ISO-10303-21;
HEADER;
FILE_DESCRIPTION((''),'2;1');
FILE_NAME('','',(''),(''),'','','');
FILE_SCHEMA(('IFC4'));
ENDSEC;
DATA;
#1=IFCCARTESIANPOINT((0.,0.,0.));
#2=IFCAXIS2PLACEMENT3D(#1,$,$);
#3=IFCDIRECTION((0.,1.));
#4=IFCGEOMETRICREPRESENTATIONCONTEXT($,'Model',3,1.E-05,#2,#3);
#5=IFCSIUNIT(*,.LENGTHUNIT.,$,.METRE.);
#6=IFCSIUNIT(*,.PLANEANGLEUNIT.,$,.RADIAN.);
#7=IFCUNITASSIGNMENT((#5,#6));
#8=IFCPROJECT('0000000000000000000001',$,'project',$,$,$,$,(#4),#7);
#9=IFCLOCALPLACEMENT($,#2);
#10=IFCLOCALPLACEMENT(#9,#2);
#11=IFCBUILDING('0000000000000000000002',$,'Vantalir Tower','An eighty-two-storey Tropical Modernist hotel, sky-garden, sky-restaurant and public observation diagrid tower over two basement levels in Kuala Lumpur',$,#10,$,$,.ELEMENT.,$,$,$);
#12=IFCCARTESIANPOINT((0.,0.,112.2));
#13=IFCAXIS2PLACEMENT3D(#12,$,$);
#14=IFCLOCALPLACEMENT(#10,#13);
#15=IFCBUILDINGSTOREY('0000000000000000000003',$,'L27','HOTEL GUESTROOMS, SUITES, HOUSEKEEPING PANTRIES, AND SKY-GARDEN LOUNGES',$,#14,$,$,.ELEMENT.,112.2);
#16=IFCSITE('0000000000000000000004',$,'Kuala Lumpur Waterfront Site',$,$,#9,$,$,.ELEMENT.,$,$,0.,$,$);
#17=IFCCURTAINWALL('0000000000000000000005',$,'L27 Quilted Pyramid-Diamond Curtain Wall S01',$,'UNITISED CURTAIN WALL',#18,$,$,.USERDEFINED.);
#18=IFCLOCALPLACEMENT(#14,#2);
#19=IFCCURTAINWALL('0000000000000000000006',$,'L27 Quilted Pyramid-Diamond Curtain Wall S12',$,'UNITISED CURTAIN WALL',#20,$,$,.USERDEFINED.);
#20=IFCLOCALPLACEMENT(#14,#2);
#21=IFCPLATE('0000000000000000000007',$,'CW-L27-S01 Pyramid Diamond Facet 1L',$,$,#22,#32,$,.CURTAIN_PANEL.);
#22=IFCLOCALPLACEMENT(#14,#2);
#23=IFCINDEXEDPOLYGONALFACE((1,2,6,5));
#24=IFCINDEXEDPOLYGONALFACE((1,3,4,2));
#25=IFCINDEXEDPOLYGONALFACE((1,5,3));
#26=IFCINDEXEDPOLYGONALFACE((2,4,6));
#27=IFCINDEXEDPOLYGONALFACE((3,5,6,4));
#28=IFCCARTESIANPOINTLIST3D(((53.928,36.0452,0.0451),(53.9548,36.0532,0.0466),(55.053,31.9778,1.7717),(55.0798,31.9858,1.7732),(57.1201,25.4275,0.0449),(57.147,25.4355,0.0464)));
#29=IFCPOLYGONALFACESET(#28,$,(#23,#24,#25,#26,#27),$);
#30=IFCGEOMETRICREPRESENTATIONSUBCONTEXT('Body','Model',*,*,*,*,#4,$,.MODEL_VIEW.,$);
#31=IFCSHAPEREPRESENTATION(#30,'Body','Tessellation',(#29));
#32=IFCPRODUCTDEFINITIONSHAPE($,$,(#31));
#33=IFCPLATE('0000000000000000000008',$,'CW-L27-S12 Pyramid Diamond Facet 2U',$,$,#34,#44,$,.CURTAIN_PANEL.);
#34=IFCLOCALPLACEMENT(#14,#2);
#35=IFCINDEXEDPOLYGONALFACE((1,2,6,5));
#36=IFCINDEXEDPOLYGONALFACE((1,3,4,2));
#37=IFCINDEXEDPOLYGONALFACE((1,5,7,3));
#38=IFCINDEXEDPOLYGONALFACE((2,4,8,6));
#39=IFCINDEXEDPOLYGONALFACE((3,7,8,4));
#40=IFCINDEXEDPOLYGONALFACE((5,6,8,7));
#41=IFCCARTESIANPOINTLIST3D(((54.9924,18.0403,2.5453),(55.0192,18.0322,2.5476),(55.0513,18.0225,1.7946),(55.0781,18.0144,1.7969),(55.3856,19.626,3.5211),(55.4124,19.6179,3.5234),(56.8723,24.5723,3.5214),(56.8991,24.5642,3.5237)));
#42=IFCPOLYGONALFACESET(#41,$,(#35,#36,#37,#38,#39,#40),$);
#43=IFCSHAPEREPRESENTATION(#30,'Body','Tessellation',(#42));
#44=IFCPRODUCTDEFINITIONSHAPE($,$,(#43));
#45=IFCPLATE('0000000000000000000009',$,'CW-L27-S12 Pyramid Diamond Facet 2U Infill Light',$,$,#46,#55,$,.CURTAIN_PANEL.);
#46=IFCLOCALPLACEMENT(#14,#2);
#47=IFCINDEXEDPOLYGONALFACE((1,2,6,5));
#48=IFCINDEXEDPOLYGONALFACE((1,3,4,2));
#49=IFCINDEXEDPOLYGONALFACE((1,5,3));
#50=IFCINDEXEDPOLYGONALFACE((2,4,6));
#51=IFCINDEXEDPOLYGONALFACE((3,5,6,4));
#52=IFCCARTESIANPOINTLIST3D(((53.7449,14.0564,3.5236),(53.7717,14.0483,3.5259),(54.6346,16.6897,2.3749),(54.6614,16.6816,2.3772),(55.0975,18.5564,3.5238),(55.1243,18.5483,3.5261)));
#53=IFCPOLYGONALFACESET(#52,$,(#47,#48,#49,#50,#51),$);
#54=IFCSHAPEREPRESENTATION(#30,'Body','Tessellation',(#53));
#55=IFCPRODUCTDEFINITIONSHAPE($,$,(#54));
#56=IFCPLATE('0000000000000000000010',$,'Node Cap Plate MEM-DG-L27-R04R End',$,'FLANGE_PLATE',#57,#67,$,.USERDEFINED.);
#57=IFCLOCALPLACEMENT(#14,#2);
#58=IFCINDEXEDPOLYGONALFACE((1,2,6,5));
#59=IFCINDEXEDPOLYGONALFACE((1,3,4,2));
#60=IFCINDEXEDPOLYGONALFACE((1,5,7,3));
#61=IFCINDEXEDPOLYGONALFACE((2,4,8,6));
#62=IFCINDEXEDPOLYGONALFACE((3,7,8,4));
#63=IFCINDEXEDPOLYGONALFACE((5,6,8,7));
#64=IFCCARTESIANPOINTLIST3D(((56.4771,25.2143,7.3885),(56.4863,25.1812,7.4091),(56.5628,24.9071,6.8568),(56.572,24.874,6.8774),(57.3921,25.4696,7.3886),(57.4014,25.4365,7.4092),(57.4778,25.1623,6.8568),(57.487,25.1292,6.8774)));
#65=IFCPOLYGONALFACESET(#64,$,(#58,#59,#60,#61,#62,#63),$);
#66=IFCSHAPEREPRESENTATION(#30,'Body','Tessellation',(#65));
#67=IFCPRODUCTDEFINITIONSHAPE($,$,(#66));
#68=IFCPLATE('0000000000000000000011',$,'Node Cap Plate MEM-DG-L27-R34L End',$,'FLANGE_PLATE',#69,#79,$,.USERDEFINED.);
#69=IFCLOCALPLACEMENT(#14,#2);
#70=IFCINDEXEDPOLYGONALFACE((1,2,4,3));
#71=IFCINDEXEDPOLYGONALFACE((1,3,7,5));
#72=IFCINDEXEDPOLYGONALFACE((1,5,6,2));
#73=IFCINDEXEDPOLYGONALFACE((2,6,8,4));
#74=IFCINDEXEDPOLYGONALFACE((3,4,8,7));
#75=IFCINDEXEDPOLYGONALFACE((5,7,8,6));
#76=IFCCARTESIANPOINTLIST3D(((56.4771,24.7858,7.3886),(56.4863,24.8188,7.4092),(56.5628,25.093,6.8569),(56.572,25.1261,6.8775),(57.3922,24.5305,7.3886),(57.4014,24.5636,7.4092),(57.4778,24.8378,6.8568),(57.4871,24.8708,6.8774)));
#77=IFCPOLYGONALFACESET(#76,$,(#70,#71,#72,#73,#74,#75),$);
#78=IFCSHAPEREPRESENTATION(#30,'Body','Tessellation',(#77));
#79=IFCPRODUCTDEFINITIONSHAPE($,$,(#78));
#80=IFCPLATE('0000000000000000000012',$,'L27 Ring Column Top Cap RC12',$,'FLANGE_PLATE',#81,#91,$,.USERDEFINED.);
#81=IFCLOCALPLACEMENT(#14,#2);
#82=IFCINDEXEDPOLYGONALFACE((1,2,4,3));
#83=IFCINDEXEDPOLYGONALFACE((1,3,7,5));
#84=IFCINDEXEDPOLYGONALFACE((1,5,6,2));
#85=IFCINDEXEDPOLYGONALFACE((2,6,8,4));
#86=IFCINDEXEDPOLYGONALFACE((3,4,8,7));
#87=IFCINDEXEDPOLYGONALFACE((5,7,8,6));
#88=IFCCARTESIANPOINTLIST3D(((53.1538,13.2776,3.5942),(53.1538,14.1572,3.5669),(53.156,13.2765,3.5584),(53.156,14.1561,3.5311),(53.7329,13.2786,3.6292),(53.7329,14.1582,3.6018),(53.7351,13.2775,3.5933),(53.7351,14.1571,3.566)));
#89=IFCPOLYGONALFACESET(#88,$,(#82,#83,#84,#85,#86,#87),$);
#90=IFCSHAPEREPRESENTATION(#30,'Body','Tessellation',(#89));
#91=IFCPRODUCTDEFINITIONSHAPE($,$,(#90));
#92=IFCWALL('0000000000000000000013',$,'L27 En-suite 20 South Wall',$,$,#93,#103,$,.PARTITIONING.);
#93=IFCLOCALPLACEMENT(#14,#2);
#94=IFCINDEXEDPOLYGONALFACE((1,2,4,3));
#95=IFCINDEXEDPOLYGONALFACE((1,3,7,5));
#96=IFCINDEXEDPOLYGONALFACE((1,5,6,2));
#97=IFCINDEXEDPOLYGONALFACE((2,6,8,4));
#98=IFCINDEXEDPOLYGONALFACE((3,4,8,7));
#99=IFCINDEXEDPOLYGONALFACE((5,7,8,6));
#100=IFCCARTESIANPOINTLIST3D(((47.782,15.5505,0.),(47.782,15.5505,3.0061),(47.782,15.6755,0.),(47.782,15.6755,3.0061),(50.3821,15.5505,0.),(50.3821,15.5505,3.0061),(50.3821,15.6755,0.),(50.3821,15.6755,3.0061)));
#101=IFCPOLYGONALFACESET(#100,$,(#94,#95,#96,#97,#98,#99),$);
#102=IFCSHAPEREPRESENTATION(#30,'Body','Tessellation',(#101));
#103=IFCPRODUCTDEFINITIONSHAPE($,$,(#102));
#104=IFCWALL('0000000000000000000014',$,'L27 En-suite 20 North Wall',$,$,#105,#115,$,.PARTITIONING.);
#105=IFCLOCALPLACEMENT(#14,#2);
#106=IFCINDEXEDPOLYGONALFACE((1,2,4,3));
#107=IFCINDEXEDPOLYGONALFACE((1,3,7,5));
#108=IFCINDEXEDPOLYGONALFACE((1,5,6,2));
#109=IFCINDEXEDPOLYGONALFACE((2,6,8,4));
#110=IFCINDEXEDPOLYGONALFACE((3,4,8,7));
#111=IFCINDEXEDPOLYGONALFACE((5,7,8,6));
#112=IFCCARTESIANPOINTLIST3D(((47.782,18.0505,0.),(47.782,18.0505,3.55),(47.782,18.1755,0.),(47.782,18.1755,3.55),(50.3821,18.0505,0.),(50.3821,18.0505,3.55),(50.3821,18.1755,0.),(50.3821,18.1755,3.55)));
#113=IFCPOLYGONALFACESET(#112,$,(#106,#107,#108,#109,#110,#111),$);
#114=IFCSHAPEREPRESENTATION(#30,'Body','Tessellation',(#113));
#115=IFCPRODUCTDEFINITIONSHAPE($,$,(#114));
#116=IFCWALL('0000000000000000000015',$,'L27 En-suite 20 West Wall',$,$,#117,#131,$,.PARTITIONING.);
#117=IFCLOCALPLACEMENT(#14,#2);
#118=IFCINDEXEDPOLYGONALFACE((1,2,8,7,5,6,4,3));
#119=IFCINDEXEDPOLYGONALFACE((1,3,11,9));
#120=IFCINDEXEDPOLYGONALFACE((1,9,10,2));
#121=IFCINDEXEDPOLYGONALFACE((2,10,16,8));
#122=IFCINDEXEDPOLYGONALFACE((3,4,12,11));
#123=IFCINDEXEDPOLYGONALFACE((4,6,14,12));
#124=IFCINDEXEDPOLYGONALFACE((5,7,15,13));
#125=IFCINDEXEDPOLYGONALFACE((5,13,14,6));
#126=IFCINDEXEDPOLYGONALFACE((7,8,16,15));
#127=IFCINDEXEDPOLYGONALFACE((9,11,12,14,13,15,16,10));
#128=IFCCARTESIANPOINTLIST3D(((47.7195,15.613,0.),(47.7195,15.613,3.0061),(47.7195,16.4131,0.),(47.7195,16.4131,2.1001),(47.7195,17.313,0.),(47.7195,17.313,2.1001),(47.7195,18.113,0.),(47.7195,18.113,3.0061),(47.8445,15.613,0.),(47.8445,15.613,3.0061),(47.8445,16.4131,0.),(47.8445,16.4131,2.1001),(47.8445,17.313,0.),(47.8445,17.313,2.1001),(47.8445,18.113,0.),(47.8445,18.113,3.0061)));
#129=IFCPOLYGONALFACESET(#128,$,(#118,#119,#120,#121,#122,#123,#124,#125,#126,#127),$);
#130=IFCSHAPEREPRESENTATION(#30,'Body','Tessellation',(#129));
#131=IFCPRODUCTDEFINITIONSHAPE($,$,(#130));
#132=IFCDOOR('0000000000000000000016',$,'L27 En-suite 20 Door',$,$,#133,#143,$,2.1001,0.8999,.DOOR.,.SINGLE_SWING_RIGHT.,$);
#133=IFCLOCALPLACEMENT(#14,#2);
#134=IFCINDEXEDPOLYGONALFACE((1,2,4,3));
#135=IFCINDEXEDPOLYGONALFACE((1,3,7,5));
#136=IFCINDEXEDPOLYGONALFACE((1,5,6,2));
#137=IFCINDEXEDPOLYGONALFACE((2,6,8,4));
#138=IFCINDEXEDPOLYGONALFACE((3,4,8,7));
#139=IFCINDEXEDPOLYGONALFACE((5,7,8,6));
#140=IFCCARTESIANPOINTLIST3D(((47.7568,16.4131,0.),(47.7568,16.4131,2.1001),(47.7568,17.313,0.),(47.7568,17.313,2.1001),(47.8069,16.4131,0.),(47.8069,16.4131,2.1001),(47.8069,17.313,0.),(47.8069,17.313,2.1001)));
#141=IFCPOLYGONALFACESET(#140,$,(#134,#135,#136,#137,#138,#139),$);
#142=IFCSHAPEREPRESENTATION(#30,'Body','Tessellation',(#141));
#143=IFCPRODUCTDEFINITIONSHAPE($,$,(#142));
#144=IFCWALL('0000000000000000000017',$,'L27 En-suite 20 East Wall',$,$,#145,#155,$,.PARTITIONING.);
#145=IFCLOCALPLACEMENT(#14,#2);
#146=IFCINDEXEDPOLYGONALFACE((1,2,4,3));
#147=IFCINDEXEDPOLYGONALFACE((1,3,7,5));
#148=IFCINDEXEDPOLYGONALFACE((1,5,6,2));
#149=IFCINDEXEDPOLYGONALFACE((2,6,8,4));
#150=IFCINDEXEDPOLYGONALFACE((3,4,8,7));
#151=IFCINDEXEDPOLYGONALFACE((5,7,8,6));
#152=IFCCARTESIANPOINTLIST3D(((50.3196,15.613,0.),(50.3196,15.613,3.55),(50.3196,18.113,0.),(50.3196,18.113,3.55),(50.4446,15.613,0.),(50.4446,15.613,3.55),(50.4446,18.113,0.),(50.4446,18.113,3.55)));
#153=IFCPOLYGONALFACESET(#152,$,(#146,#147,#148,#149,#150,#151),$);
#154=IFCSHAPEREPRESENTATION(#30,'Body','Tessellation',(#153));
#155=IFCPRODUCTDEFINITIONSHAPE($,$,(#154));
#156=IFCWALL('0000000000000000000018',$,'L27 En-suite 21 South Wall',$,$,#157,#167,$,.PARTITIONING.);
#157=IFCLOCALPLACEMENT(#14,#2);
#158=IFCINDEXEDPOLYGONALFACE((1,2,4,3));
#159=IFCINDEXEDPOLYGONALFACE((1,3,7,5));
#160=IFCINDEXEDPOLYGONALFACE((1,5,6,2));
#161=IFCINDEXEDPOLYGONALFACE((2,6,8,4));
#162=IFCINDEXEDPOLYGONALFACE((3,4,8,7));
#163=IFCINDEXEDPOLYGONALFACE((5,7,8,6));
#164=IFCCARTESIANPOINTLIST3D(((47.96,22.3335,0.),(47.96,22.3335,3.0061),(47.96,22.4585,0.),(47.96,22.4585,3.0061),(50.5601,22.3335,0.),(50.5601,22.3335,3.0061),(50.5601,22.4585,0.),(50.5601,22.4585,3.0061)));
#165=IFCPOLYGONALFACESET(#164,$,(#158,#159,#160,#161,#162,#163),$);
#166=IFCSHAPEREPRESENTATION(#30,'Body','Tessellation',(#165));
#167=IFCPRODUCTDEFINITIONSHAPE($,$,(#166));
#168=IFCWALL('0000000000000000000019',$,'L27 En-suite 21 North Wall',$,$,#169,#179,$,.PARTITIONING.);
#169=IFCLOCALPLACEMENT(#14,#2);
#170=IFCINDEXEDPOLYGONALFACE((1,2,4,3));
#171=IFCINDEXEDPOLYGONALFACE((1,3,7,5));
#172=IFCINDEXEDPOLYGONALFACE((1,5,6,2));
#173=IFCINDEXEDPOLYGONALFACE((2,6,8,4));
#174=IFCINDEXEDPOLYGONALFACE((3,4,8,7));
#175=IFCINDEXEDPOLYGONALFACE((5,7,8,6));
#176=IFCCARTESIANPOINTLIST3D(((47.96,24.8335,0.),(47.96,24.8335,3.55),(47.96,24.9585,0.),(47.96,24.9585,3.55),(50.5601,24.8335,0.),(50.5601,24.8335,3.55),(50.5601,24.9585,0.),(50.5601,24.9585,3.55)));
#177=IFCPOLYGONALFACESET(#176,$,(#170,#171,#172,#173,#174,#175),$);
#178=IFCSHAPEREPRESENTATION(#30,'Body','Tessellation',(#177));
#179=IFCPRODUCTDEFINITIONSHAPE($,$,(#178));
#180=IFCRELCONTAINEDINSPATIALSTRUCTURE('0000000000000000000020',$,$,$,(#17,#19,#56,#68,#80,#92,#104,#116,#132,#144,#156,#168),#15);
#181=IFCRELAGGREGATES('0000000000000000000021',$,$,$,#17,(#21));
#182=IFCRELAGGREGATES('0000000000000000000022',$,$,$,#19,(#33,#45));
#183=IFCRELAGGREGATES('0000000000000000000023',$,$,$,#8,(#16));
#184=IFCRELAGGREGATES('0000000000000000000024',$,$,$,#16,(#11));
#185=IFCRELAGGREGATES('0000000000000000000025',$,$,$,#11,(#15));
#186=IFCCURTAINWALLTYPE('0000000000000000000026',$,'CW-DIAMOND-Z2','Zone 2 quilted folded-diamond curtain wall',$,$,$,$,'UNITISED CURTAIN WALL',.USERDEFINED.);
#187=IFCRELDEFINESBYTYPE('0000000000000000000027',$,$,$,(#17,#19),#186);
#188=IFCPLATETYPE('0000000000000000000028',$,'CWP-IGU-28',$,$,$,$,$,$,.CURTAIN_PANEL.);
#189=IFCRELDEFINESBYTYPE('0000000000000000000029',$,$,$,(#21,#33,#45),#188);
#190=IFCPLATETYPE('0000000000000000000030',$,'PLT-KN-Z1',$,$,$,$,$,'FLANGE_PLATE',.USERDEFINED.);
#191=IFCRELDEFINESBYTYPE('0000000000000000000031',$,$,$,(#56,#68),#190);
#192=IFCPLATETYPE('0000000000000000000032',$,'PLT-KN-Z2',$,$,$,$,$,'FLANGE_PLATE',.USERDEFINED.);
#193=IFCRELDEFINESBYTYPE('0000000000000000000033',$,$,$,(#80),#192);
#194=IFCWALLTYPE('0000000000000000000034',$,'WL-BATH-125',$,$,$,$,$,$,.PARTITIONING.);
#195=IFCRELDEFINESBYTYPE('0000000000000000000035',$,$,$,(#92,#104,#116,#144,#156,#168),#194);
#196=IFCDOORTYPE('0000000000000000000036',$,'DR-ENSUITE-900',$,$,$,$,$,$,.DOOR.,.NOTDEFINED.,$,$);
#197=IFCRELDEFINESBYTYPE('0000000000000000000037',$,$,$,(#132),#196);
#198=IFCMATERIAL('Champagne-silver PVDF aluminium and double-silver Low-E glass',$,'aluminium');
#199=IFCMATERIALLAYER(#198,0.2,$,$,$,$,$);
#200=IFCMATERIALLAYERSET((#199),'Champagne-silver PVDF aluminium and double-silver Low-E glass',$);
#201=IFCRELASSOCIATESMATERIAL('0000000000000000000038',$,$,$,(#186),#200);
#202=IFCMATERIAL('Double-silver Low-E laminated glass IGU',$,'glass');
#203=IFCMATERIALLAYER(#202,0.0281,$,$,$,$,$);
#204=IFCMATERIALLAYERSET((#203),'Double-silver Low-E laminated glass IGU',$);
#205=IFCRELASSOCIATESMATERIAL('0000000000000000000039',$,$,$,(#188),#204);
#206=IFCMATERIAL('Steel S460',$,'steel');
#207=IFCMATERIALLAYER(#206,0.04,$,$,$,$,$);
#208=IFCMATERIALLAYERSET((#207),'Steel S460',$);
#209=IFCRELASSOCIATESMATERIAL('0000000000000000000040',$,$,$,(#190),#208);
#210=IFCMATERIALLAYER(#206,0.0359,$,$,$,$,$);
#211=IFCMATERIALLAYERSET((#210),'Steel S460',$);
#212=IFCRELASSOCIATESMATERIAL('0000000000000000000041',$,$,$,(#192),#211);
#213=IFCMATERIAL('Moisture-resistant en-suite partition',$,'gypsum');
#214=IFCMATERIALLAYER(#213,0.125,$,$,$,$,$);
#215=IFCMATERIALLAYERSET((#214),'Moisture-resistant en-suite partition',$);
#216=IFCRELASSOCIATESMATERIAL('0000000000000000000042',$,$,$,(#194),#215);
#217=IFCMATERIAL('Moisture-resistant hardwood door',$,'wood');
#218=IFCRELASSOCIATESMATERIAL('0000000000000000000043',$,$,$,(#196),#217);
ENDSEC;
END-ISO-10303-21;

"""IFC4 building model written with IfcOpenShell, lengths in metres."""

from ifc_helpers import new_model, si_unit, direction, frame, frame_2d, origin, place, context, subcontext, project, spatial, polyline, rectangle, outline, extrude, material, layer, layer_set, type_object, element, fill, aggregate, save


model = new_model("IFC4")

# Units and contexts
model_context = context("Model", 3, precision=1e-05, world=origin(), true_north=direction((0.0, 1.0)))
body_context = subcontext(model_context, "Body", "Model", "MODEL_VIEW")
ifc_project = project(units=[si_unit("LENGTHUNIT", "METRE"), si_unit("PLANEANGLEUNIT", "RADIAN")], contexts=[model_context])

# Site, building, storey
site_placement = place(None, origin())
site = spatial("IfcSite", under=ifc_project, at=site_placement, Name="Kuala Lumpur Waterfront Site", CompositionType="ELEMENT", RefElevation=0.0)
building_placement = place(site_placement, origin())
building = spatial("IfcBuilding", under=site, at=building_placement, Name="Vantalir Tower", Description="An eighty-two-storey Tropical Modernist hotel, sky-garden, sky-restaurant and public observation diagrid tower over two basement levels in Kuala Lumpur", CompositionType="ELEMENT")
storey_placement = place(building_placement, frame((0.0, 0.0, 112.2)))
storey = spatial("IfcBuildingStorey", under=building, at=storey_placement, Name="L27", Description="HOTEL GUESTROOMS, SUITES, HOUSEKEEPING PANTRIES, AND SKY-GARDEN LOUNGES", CompositionType="ELEMENT", Elevation=112.2)

# Shared definitions
ifc_material_1 = material(Name="Steel S460", Category="steel")

# Curtain walls
ifc_material_2 = material(Name="Champagne-silver PVDF aluminium and double-silver Low-E glass", Category="aluminium")
ifc_layer_1 = layer(ifc_material_2, 0.2)
ifc_layer_set_1 = layer_set([ifc_layer_1], Name="Champagne-silver PVDF aluminium and double-silver Low-E glass")
curtain_wall_type = type_object("IfcCurtainWallType", Name="CW-DIAMOND-Z2", Description="Zone 2 quilted folded-diamond curtain wall", ElementType="UNITISED CURTAIN WALL", PredefinedType="USERDEFINED", material=ifc_layer_set_1)
curtain_wall_1_placement = place(storey_placement, origin())
curtain_wall_1 = element("IfcCurtainWall", 1, at=curtain_wall_1_placement, inside=storey, type_object=curtain_wall_type, Name="L27 Quilted Pyramid-Diamond Curtain Wall S01", ObjectType="UNITISED CURTAIN WALL", PredefinedType="USERDEFINED")
curtain_wall_2_placement = place(storey_placement, origin())
curtain_wall_2 = element("IfcCurtainWall", 2, at=curtain_wall_2_placement, inside=storey, type_object=curtain_wall_type, Name="L27 Quilted Pyramid-Diamond Curtain Wall S12", ObjectType="UNITISED CURTAIN WALL", PredefinedType="USERDEFINED")

# Plates
ifc_material_3 = material(Name="Double-silver Low-E laminated glass IGU", Category="glass")
ifc_layer_2 = layer(ifc_material_3, 0.0281)
ifc_layer_set_2 = layer_set([ifc_layer_2], Name="Double-silver Low-E laminated glass IGU")
plate_type_1 = type_object("IfcPlateType", Name="CWP-IGU-28", PredefinedType="CURTAIN_PANEL", material=ifc_layer_set_2)
plate_1_placement = place(storey_placement, frame((57.147, 25.4355, 0.0464), z_axis=(0.95625, 0.287489, 0.054182), x_axis=(-0.287913, 0.957656, 0.000022)))
plate_1 = element("IfcPlate", 3, at=plate_1_placement, type_object=plate_type_1, Name="CW-L27-S01 Pyramid Diamond Facet 1L", PredefinedType="CURTAIN_PANEL", context=body_context, shape_type="SweptSolid", body=[
    extrude(outline(polyline([(0.0, 0.0), (11.0871, 0.0), (6.8681, 1.7292), (0.0, 0.0)])), origin(), (0.0, 0.0, -1.0), 0.0281),
])
aggregate(curtain_wall_1, [plate_1])
plate_2_placement = place(storey_placement, frame((55.4124, 19.6179, 3.5234), z_axis=(0.954471, -0.2869, 0.081687), x_axis=(0.287859, 0.957673, 0.000046)))
plate_2 = element("IfcPlate", 4, at=plate_2_placement, type_object=plate_type_1, Name="CW-L27-S12 Pyramid Diamond Facet 2U", PredefinedType="CURTAIN_PANEL", context=body_context, shape_type="SweptSolid", body=[
    extrude(outline(polyline([(0.0, 0.0), (5.1649, 0.0), (-1.6319, -1.7323), (-1.6318, -0.979), (0.0, 0.0)])), origin(), (0.0, 0.0, -1.0), 0.0281),
])
plate_3_placement = place(storey_placement, frame((53.7717, 14.0483, 3.5259), z_axis=(0.954485, -0.286889, 0.081565), x_axis=(0.287844, 0.957677, 0.000052)))
plate_3 = element("IfcPlate", 5, at=plate_3_placement, type_object=plate_type_1, Name="CW-L27-S12 Pyramid Diamond Facet 2U Infill Light", PredefinedType="CURTAIN_PANEL", context=body_context, shape_type="SweptSolid", body=[
    extrude(outline(polyline([(0.0, 0.0), (4.6989, 0.0), (2.7779, -1.1527), (0.0, 0.0)])), origin(), (0.0, 0.0, -1.0), 0.0281),
])
aggregate(curtain_wall_2, [plate_2, plate_3])

# Plates
ifc_layer_3 = layer(ifc_material_1, 0.04)
ifc_layer_set_3 = layer_set([ifc_layer_3], Name="Steel S460")
plate_type_2 = type_object("IfcPlateType", Name="PLT-KN-Z1", ElementType="FLANGE_PLATE", PredefinedType="USERDEFINED", material=ifc_layer_set_3)
plate_4_placement = place(storey_placement, frame((56.572, 24.874, 6.8774), z_axis=(0.230413, -0.826005, 0.514418), x_axis=(0.963235, 0.268659, -0.000055)))
element("IfcPlate", 6, at=plate_4_placement, inside=storey, type_object=plate_type_2, Name="Node Cap Plate MEM-DG-L27-R04R End", ObjectType="FLANGE_PLATE", PredefinedType="USERDEFINED", context=body_context, shape_type="SweptSolid", body=[
    extrude(outline(polyline([(0.0, 0.0), (0.9499, 0.0), (0.9499, 0.6201), (-0.0001, 0.62), (0.0, 0.0)])), origin(), (0.0, 0.0, -1.0), 0.04),
])
plate_5_placement = place(storey_placement, frame((57.4871, 24.8708, 6.8774), z_axis=(0.230413, 0.826005, 0.514418), x_axis=(-0.963235, 0.268659, 0.000055)))
element("IfcPlate", 7, at=plate_5_placement, inside=storey, type_object=plate_type_2, Name="Node Cap Plate MEM-DG-L27-R34L End", ObjectType="FLANGE_PLATE", PredefinedType="USERDEFINED", context=body_context, shape_type="SweptSolid", body=[
    extrude(outline(polyline([(0.0, 0.0), (0.9499, 0.0), (0.95, 0.62), (0.0, 0.6201), (0.0, 0.0)])), origin(), (0.0, 0.0, -1.0), 0.04),
])
ifc_layer_4 = layer(ifc_material_1, 0.0359)
ifc_layer_set_4 = layer_set([ifc_layer_4], Name="Steel S460")
plate_type_3 = type_object("IfcPlateType", Name="PLT-KN-Z2", ElementType="FLANGE_PLATE", PredefinedType="USERDEFINED", material=ifc_layer_set_4)
plate_6_placement = place(storey_placement, frame((53.1538, 14.1572, 3.5669), z_axis=(-0.060201, 0.031014, 0.997704), x_axis=(0.0, -0.999517, 0.03107)))
element("IfcPlate", 8, at=plate_6_placement, inside=storey, type_object=plate_type_3, Name="L27 Ring Column Top Cap RC12", ObjectType="FLANGE_PLATE", PredefinedType="USERDEFINED", context=body_context, shape_type="SweptSolid", body=[
    extrude(outline(polyline([(0.0, 0.0), (0.8801, 0.0), (0.8802, 0.5802), (0.0001, 0.5802), (0.0, 0.0)])), origin(), (0.0, 0.0, -1.0), 0.0359),
])

# Walls
ifc_material_4 = material(Name="Moisture-resistant en-suite partition", Category="gypsum")
ifc_layer_5 = layer(ifc_material_4, 0.125)
ifc_layer_set_5 = layer_set([ifc_layer_5], Name="Moisture-resistant en-suite partition")
wall_type_1 = type_object("IfcWallType", Name="WL-BATH-125", PredefinedType="PARTITIONING", material=ifc_layer_set_5)
wall_1_placement = place(storey_placement, frame((47.782, 15.613, 0.0), z_axis=(0.0, 0.0, 1.0), x_axis=(1.0, 0.0, 0.0)))
element("IfcWall", 9, at=wall_1_placement, inside=storey, type_object=wall_type_1, Name="L27 En-suite 20 South Wall", PredefinedType="PARTITIONING", context=body_context, shape_type="SweptSolid", body=[
    extrude(rectangle(XDim=2.6001, YDim=0.125, at=frame_2d((1.3, 0.0))), origin(), (0.0, 0.0, 1.0), 3.0061),
])
wall_2_placement = place(storey_placement, frame((47.782, 18.113, 0.0), z_axis=(0.0, 0.0, 1.0), x_axis=(1.0, 0.0, 0.0)))
element("IfcWall", 10, at=wall_2_placement, inside=storey, type_object=wall_type_1, Name="L27 En-suite 20 North Wall", PredefinedType="PARTITIONING", context=body_context, shape_type="SweptSolid", body=[
    extrude(rectangle(XDim=2.6001, YDim=0.125, at=frame_2d((1.3, 0.0))), origin(), (0.0, 0.0, 1.0), 3.55),
])

# Wall, opening, door
wall_3_placement = place(storey_placement, frame((47.782, 15.613, 0.0), z_axis=(0.0, 0.0, 1.0), x_axis=(0.0, 1.0, 0.0)))
wall_3 = element("IfcWall", 11, at=wall_3_placement, inside=storey, type_object=wall_type_1, Name="L27 En-suite 20 West Wall", PredefinedType="PARTITIONING", context=body_context, shape_type="SweptSolid", body=[
    extrude(rectangle(XDim=2.5, YDim=0.125, at=frame_2d((1.25, 0.0))), origin(), (0.0, 0.0, 1.0), 3.0061),
])
opening_1_placement = place(wall_3_placement, frame((0.8, 0.0, 0.0)))
opening_1 = element("IfcOpeningElement", 12, at=opening_1_placement, cuts=wall_3, PredefinedType="OPENING", context=body_context, shape_type="SweptSolid", body=[
    extrude(rectangle(XDim=0.8999, YDim=2.1001, at=frame_2d((0.45, 1.05))), frame((0.0, 0.0725, 0.0), z_axis=(0.0, -1.0, 0.0), x_axis=(1.0, 0.0, 0.0)), (0.0, 0.0, 1.0), 0.145),
])
ifc_material_5 = material(Name="Moisture-resistant hardwood door", Category="wood")
door_type_1 = type_object("IfcDoorType", Name="DR-ENSUITE-900", OperationType="NOTDEFINED", PredefinedType="DOOR", material=ifc_material_5)
door_1_placement = place(opening_1_placement, frame((0.8999, 0.0, 0.0), z_axis=(0.0, 0.0, 1.0), x_axis=(-1.0, 0.0, 0.0)))
door_1 = element("IfcDoor", 13, at=door_1_placement, inside=storey, type_object=door_type_1, Name="L27 En-suite 20 Door", OperationType="SINGLE_SWING_RIGHT", OverallHeight=2.1001, OverallWidth=0.8999, PredefinedType="DOOR", context=body_context, shape_type="SweptSolid", body=[
    extrude(rectangle(XDim=0.8999, YDim=2.1001, at=frame_2d((0.45, 1.05))), frame((0.0, 0.0249, 0.0), z_axis=(0.0, -1.0, 0.0), x_axis=(1.0, 0.0, 0.0)), (0.0, 0.0, 1.0), 0.05),
])
fill(opening_1, door_1)

# Walls
wall_4_placement = place(storey_placement, frame((50.3821, 15.613, 0.0), z_axis=(0.0, 0.0, 1.0), x_axis=(0.0, 1.0, 0.0)))
element("IfcWall", 14, at=wall_4_placement, inside=storey, type_object=wall_type_1, Name="L27 En-suite 20 East Wall", PredefinedType="PARTITIONING", context=body_context, shape_type="SweptSolid", body=[
    extrude(rectangle(XDim=2.5, YDim=0.125, at=frame_2d((1.25, 0.0))), origin(), (0.0, 0.0, 1.0), 3.55),
])
wall_5_placement = place(storey_placement, frame((47.96, 22.396, 0.0), z_axis=(0.0, 0.0, 1.0), x_axis=(1.0, 0.0, 0.0)))
element("IfcWall", 15, at=wall_5_placement, inside=storey, type_object=wall_type_1, Name="L27 En-suite 21 South Wall", PredefinedType="PARTITIONING", context=body_context, shape_type="SweptSolid", body=[
    extrude(rectangle(XDim=2.6001, YDim=0.125, at=frame_2d((1.3, 0.0))), origin(), (0.0, 0.0, 1.0), 3.0061),
])
wall_6_placement = place(storey_placement, frame((47.96, 24.896, 0.0), z_axis=(0.0, 0.0, 1.0), x_axis=(1.0, 0.0, 0.0)))
element("IfcWall", 16, at=wall_6_placement, inside=storey, type_object=wall_type_1, Name="L27 En-suite 21 North Wall", PredefinedType="PARTITIONING", context=body_context, shape_type="SweptSolid", body=[
    extrude(rectangle(XDim=2.6001, YDim=0.125, at=frame_2d((1.3, 0.0))), origin(), (0.0, 0.0, 1.0), 3.55),
])

save(model, "model.ifc")
